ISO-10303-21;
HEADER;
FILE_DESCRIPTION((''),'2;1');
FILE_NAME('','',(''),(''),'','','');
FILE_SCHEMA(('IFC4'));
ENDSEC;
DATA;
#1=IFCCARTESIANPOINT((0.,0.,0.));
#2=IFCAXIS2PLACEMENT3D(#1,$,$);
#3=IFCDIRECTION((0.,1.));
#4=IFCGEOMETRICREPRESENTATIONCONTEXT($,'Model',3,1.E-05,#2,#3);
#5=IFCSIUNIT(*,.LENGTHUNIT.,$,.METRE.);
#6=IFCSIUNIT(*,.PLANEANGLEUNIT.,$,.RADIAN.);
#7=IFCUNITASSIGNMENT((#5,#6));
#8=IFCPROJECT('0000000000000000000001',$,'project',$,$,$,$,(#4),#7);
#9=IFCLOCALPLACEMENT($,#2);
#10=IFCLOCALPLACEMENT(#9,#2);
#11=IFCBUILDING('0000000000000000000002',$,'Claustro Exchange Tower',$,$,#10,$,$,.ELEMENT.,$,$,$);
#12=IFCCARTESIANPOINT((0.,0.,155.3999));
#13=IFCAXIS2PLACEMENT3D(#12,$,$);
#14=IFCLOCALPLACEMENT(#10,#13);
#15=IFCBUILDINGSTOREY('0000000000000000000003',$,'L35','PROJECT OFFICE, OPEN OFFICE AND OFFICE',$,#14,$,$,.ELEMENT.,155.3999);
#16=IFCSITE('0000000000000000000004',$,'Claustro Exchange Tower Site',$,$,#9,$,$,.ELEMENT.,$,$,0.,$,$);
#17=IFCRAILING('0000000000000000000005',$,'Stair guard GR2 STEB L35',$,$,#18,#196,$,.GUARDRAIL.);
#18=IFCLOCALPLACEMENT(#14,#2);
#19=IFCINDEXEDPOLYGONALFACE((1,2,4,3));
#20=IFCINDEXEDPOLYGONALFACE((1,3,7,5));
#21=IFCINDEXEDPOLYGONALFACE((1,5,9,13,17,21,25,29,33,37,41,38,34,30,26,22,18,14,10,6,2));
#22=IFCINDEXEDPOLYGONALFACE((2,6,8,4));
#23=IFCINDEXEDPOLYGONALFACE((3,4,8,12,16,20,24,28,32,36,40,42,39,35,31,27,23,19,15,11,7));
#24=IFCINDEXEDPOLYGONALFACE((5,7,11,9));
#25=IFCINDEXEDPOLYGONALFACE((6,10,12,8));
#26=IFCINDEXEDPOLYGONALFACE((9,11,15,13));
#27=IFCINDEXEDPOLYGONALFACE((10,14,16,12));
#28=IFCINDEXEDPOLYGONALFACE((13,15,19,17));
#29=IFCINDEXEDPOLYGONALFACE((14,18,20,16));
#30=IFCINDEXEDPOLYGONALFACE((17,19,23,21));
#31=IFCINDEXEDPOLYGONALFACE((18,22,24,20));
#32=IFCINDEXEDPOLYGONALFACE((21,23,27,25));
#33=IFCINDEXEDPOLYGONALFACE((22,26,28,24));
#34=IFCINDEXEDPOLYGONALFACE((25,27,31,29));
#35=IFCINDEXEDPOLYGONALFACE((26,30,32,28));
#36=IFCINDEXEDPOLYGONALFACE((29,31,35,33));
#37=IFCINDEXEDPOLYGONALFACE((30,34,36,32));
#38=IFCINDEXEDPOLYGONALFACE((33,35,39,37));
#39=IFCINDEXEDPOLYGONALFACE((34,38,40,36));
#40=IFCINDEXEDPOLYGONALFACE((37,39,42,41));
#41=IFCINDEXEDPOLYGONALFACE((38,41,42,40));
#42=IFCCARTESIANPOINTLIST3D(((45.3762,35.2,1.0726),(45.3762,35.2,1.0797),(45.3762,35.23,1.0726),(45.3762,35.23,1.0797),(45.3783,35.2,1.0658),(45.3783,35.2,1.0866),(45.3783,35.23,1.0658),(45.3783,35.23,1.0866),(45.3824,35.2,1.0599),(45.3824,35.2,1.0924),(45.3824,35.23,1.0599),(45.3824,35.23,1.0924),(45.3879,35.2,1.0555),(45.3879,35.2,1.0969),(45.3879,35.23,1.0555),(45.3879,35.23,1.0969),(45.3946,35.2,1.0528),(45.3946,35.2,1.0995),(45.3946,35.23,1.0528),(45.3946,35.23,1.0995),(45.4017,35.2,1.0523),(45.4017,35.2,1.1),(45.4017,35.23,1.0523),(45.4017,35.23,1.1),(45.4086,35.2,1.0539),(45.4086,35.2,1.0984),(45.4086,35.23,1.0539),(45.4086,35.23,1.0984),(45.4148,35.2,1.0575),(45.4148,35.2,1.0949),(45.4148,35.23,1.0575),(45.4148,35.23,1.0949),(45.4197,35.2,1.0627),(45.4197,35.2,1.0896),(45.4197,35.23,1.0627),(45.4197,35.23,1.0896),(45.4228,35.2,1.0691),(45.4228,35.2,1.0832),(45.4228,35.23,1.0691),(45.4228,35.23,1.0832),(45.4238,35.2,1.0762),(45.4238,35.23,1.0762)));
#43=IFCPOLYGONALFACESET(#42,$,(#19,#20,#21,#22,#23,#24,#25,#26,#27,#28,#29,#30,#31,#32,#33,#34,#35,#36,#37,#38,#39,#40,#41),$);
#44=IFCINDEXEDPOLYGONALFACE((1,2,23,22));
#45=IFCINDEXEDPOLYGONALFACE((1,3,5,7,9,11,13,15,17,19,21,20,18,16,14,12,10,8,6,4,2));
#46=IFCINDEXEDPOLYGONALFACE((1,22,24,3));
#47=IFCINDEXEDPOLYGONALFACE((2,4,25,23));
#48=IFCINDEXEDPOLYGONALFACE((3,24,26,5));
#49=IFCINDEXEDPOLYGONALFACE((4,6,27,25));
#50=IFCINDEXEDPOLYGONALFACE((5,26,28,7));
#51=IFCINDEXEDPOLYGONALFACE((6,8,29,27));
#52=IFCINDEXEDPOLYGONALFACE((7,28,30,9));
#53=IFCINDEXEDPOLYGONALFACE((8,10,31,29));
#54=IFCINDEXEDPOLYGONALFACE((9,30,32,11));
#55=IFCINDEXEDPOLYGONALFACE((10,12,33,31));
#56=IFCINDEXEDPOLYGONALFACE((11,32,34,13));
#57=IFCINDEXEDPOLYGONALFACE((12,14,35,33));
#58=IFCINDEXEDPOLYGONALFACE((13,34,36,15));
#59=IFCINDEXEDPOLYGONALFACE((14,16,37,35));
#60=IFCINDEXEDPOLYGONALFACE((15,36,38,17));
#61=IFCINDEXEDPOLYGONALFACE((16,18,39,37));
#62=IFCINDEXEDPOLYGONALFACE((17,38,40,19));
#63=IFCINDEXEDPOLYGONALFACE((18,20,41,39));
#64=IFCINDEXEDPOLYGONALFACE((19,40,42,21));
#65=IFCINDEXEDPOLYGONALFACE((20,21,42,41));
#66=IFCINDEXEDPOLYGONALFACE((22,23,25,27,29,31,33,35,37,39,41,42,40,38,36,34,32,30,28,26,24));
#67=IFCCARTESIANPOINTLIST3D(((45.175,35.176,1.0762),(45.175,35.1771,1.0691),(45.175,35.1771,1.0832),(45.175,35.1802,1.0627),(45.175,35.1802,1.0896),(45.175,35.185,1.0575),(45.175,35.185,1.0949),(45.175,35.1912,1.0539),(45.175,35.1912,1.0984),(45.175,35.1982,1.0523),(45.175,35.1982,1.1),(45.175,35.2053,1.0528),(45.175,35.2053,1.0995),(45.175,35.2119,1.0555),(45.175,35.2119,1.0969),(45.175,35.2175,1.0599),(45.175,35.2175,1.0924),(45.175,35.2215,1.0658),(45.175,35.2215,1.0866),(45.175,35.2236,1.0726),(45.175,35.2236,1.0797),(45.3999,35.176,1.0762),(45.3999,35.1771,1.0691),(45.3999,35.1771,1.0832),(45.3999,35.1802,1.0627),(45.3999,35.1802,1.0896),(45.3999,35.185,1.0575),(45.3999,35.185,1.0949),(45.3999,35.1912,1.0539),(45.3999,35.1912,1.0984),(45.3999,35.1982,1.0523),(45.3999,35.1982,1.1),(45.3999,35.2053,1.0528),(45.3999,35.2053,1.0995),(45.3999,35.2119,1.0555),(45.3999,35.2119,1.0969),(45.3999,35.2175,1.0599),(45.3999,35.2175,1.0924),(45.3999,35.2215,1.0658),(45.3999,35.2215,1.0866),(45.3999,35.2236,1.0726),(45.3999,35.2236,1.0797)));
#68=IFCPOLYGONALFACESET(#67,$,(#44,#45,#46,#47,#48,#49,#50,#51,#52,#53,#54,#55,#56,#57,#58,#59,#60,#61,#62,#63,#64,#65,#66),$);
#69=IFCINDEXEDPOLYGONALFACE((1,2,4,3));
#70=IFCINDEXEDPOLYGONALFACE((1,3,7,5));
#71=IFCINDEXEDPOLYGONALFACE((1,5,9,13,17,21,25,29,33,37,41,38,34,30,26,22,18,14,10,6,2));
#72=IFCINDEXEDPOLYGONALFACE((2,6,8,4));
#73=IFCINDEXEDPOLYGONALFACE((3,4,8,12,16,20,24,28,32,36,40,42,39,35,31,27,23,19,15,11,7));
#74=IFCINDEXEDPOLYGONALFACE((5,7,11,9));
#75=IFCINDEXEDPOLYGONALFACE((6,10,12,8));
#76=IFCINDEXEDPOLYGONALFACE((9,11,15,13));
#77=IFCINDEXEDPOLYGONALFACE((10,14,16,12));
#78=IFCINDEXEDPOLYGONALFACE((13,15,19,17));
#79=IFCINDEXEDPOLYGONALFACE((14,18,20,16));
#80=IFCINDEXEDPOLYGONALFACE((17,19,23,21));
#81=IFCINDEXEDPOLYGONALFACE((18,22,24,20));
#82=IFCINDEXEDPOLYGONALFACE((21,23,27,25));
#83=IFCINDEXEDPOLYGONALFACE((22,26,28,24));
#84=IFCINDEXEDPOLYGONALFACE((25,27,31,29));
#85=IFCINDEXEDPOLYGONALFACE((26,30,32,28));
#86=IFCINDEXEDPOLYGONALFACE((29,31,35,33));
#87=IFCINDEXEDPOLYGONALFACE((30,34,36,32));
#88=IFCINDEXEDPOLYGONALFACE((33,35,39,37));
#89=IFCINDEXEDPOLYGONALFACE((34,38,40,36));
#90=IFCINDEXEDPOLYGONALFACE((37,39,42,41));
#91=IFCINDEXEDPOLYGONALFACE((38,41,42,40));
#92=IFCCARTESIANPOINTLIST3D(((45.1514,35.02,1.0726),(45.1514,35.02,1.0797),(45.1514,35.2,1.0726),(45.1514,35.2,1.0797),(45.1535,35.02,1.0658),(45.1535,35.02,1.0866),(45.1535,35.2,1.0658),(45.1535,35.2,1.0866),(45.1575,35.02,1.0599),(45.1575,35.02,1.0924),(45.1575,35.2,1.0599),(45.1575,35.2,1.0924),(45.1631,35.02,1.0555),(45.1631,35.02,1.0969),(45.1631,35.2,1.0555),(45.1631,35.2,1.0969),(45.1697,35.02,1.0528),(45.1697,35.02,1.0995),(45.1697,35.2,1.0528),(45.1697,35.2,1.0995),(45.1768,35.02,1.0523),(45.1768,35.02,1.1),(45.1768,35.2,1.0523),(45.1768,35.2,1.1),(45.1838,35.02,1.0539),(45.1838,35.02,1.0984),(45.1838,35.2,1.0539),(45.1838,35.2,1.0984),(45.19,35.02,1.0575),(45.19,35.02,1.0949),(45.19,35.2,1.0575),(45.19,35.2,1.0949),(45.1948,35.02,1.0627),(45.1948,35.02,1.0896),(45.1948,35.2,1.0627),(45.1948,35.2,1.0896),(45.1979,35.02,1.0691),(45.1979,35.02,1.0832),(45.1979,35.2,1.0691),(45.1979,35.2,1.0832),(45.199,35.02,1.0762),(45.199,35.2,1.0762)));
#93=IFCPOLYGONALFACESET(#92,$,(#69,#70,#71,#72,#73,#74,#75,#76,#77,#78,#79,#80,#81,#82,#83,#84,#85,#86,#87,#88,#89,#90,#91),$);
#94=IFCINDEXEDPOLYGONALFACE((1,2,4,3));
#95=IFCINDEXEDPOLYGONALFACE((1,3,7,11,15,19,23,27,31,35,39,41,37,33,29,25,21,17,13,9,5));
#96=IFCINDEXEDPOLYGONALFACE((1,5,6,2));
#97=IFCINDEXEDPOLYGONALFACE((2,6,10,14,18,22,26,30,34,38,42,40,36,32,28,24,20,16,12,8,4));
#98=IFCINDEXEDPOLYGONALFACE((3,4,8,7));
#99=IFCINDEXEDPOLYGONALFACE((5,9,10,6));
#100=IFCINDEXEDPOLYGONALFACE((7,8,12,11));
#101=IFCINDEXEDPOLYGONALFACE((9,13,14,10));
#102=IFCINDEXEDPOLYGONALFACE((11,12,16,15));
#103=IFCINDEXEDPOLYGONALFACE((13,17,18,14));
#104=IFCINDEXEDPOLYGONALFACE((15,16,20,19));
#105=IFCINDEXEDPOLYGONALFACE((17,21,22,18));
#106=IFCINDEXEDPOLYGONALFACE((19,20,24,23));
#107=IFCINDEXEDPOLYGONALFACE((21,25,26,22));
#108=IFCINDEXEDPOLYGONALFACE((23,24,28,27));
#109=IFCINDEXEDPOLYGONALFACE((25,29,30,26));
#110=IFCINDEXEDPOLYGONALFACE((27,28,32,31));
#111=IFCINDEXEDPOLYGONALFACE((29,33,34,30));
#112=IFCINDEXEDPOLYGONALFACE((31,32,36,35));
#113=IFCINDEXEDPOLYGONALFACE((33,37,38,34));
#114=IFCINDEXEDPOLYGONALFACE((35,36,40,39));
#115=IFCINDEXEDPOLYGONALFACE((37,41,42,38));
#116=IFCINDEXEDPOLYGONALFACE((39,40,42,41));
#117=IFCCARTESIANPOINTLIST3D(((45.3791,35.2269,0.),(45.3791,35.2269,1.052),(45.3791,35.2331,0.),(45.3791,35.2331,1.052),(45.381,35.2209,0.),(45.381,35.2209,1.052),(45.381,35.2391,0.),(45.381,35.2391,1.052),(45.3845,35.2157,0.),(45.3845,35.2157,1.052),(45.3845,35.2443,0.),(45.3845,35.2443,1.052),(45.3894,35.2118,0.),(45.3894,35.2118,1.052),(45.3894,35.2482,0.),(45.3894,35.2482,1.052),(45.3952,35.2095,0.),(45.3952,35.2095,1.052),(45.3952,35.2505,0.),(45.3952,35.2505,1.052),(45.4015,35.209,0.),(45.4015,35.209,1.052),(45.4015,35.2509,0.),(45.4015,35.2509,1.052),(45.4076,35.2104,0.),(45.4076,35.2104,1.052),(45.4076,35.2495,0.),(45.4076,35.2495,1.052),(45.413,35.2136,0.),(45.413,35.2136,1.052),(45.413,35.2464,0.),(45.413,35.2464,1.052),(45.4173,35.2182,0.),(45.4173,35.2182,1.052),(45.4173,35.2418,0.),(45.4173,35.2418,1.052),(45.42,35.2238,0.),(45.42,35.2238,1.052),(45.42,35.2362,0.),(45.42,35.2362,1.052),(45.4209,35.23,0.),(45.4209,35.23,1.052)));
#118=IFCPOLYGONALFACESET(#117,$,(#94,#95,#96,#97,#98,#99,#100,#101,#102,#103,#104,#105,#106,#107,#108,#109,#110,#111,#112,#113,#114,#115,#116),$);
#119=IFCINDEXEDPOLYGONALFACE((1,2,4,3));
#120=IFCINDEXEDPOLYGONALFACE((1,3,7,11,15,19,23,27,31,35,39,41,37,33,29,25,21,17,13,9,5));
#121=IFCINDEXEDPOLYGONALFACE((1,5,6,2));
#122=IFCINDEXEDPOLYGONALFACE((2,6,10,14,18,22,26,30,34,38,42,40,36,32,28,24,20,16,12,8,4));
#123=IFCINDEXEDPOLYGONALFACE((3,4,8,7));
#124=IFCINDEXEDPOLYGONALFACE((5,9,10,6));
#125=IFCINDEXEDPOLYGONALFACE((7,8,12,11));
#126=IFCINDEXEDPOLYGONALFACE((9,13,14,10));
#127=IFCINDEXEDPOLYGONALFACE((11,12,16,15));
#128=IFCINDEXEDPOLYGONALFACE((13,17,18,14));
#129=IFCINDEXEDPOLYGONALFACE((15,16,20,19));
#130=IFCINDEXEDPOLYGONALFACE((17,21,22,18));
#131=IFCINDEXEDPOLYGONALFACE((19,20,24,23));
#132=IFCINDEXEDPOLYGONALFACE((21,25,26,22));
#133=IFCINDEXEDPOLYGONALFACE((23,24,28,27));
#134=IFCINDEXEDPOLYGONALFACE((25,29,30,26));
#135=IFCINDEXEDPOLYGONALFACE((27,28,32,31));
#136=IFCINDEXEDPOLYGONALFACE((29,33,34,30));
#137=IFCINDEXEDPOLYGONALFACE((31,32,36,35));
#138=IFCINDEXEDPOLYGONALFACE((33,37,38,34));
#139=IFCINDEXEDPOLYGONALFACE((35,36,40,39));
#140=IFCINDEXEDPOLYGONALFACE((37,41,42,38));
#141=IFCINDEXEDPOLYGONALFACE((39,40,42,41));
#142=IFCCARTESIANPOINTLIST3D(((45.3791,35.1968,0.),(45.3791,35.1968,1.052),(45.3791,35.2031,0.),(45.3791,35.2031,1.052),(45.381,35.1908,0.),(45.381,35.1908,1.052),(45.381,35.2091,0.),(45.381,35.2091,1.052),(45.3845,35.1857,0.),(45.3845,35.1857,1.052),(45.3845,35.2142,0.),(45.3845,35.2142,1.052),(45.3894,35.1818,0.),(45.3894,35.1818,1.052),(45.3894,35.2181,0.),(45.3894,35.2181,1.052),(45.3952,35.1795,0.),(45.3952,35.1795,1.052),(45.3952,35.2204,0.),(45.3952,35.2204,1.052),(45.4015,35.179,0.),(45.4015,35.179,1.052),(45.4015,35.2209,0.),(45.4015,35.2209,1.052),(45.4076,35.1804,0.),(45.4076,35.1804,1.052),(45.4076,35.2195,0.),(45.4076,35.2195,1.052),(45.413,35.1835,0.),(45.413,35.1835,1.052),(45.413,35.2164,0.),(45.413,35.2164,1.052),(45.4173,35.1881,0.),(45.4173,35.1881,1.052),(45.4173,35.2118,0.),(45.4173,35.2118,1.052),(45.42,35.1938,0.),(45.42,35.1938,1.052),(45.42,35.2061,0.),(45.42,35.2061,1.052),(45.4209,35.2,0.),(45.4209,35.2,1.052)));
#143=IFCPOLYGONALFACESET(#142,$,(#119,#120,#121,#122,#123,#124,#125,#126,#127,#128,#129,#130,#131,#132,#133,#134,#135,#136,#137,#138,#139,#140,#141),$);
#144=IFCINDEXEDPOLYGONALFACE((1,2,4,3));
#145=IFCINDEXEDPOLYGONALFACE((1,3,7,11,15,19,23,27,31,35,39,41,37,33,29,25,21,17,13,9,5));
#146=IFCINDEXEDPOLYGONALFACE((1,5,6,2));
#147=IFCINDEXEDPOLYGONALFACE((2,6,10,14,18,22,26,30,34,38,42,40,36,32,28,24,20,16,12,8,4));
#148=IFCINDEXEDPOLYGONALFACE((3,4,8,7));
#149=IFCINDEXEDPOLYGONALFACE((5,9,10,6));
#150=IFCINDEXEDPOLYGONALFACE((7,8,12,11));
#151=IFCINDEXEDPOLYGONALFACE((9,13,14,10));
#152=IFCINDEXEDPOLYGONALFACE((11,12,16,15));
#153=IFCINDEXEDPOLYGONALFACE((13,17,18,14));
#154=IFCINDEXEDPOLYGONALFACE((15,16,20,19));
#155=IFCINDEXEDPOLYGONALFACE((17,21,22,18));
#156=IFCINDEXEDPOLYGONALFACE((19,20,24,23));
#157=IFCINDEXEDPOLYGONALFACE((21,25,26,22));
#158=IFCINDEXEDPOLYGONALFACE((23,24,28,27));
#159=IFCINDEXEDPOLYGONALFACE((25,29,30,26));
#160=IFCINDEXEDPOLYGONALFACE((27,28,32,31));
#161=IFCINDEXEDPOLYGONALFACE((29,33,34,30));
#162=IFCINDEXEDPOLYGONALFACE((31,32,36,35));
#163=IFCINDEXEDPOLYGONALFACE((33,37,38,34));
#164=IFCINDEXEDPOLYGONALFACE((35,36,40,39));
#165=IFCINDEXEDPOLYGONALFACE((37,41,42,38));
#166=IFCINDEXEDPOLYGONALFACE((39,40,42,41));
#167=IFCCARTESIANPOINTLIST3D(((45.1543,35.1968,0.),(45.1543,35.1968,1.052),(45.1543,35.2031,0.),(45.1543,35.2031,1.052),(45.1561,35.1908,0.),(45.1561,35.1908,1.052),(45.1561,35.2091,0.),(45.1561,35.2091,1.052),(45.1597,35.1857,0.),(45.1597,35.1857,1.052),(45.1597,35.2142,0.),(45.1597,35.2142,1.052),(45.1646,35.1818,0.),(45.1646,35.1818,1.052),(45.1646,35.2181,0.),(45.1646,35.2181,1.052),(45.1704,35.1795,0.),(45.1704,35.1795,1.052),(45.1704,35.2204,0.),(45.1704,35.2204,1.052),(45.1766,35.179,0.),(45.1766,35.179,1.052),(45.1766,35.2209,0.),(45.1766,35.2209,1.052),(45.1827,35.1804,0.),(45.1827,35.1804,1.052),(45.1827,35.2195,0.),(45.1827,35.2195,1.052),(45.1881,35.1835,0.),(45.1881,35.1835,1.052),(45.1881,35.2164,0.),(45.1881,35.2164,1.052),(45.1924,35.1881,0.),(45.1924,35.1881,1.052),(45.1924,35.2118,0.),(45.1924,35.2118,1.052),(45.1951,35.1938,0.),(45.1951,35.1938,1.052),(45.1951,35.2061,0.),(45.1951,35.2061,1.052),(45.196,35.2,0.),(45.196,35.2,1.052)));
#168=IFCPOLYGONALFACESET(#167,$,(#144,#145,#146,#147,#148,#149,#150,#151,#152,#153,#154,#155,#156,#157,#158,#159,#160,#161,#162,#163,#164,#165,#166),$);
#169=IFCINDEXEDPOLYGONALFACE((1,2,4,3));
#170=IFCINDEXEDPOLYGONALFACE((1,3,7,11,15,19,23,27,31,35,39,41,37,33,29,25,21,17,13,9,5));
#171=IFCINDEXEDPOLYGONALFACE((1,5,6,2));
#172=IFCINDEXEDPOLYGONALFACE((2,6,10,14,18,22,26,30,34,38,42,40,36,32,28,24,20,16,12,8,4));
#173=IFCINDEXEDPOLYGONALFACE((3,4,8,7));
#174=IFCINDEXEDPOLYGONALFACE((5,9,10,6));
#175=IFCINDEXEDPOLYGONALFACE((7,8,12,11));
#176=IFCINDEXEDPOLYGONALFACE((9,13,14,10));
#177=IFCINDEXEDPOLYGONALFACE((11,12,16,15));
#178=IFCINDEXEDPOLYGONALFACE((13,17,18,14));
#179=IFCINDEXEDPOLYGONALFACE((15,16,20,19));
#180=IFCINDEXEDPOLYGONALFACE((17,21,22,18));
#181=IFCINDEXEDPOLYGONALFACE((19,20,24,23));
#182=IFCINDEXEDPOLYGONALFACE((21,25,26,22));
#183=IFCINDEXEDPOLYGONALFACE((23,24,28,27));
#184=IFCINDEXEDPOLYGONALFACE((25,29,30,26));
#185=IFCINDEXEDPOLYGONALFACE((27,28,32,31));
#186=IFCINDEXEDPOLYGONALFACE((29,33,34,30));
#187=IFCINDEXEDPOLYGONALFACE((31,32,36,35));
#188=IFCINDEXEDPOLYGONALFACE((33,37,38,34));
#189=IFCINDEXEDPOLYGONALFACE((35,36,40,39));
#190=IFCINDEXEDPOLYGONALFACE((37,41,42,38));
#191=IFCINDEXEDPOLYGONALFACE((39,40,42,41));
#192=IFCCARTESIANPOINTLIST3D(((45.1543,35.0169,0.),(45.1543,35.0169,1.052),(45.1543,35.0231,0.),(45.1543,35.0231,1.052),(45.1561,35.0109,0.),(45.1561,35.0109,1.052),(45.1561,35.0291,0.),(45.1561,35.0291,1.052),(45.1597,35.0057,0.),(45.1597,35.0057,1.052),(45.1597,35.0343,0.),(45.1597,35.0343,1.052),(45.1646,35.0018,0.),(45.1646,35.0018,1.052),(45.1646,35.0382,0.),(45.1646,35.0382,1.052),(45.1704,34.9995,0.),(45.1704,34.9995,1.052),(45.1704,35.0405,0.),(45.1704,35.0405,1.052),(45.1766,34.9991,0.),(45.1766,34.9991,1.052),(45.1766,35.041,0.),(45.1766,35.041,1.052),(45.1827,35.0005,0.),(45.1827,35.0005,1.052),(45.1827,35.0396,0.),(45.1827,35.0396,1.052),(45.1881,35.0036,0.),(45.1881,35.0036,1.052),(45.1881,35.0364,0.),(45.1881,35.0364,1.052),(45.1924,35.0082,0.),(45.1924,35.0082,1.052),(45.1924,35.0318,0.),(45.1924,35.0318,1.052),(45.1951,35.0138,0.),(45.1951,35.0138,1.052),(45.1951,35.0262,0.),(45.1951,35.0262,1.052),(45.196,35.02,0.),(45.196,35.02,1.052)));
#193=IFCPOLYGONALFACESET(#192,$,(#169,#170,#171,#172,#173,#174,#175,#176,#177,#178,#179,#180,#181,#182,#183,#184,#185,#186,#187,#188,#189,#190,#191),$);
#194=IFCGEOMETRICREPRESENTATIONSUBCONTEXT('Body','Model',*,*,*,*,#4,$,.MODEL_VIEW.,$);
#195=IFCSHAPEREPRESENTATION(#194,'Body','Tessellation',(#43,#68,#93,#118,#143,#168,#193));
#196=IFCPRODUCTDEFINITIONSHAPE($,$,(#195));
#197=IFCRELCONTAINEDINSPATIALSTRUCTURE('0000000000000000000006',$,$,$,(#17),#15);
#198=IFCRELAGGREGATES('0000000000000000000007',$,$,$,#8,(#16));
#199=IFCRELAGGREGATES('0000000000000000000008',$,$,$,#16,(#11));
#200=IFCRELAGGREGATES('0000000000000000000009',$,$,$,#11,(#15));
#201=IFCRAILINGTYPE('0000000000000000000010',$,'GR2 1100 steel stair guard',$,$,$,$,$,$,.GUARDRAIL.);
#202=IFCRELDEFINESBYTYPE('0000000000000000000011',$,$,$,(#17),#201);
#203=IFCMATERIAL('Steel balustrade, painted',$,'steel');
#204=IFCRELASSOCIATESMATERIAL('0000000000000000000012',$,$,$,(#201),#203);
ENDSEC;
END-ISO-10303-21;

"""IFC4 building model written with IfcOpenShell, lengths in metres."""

from ifc_helpers import new_model, si_unit, direction, frame, origin, origin_2d, place, context, subcontext, project, spatial, circle, extrude, material, type_object, element, save


model = new_model("IFC4")

# Units and contexts
model_context = context("Model", 3, precision=1e-05, world=origin(), true_north=direction((0.0, 1.0)))
body_context = subcontext(model_context, "Body", "Model", "MODEL_VIEW")
ifc_project = project(units=[si_unit("LENGTHUNIT", "METRE"), si_unit("PLANEANGLEUNIT", "RADIAN")], contexts=[model_context])

# Site, building, storey
site_placement = place(None, origin())
site = spatial("IfcSite", under=ifc_project, at=site_placement, Name="Claustro Exchange Tower Site", CompositionType="ELEMENT", RefElevation=0.0)
building_placement = place(site_placement, origin())
building = spatial("IfcBuilding", under=site, at=building_placement, Name="Claustro Exchange Tower", CompositionType="ELEMENT")
storey_placement = place(building_placement, frame((0.0, 0.0, 155.3999)))
storey = spatial("IfcBuildingStorey", under=building, at=storey_placement, Name="L35", Description="PROJECT OFFICE, OPEN OFFICE AND OFFICE", CompositionType="ELEMENT", Elevation=155.3999)

# Railing
ifc_material_1 = material(Name="Steel balustrade, painted", Category="steel")
railing_type_1 = type_object("IfcRailingType", Name="GR2 1100 steel stair guard", PredefinedType="GUARDRAIL", material=ifc_material_1)
railing_1_placement = place(storey_placement, frame((45.3999, 35.23, 0.0)))
element("IfcRailing", 1, at=railing_1_placement, inside=storey, type_object=railing_type_1, Name="Stair guard GR2 STEB L35", PredefinedType="GUARDRAIL", context=body_context, shape_type="SweptSolid", body=[
    extrude(circle(Radius=0.0239, at=origin_2d()), frame((0.0, 0.0, 1.0762), z_axis=(0.0, -1.0, 0.0), x_axis=(1.0, 0.0, 0.0)), (0.0, 0.0, 1.0), 0.03),
    extrude(circle(Radius=0.0239, at=origin_2d()), frame((0.0, -0.03, 1.0762), z_axis=(-1.0, 0.0, 0.0), x_axis=(0.0, -1.0, 0.0)), (0.0, 0.0, 1.0), 0.2249),
    extrude(circle(Radius=0.0239, at=origin_2d()), frame((-0.2249, -0.03, 1.0762), z_axis=(0.0, -1.0, 0.0), x_axis=(1.0, 0.0, 0.0)), (0.0, 0.0, 1.0), 0.1799),
    extrude(circle(Radius=0.021, at=origin_2d()), origin(), (0.0, 0.0, 1.0), 1.052),
    extrude(circle(Radius=0.021, at=origin_2d()), frame((0.0, -0.03, 0.0)), (0.0, 0.0, 1.0), 1.052),
    extrude(circle(Radius=0.021, at=origin_2d()), frame((-0.2249, -0.03, 0.0)), (0.0, 0.0, 1.0), 1.052),
    extrude(circle(Radius=0.021, at=origin_2d()), frame((-0.2249, -0.21, 0.0)), (0.0, 0.0, 1.0), 1.052),
])

save(model, "model.ifc")
